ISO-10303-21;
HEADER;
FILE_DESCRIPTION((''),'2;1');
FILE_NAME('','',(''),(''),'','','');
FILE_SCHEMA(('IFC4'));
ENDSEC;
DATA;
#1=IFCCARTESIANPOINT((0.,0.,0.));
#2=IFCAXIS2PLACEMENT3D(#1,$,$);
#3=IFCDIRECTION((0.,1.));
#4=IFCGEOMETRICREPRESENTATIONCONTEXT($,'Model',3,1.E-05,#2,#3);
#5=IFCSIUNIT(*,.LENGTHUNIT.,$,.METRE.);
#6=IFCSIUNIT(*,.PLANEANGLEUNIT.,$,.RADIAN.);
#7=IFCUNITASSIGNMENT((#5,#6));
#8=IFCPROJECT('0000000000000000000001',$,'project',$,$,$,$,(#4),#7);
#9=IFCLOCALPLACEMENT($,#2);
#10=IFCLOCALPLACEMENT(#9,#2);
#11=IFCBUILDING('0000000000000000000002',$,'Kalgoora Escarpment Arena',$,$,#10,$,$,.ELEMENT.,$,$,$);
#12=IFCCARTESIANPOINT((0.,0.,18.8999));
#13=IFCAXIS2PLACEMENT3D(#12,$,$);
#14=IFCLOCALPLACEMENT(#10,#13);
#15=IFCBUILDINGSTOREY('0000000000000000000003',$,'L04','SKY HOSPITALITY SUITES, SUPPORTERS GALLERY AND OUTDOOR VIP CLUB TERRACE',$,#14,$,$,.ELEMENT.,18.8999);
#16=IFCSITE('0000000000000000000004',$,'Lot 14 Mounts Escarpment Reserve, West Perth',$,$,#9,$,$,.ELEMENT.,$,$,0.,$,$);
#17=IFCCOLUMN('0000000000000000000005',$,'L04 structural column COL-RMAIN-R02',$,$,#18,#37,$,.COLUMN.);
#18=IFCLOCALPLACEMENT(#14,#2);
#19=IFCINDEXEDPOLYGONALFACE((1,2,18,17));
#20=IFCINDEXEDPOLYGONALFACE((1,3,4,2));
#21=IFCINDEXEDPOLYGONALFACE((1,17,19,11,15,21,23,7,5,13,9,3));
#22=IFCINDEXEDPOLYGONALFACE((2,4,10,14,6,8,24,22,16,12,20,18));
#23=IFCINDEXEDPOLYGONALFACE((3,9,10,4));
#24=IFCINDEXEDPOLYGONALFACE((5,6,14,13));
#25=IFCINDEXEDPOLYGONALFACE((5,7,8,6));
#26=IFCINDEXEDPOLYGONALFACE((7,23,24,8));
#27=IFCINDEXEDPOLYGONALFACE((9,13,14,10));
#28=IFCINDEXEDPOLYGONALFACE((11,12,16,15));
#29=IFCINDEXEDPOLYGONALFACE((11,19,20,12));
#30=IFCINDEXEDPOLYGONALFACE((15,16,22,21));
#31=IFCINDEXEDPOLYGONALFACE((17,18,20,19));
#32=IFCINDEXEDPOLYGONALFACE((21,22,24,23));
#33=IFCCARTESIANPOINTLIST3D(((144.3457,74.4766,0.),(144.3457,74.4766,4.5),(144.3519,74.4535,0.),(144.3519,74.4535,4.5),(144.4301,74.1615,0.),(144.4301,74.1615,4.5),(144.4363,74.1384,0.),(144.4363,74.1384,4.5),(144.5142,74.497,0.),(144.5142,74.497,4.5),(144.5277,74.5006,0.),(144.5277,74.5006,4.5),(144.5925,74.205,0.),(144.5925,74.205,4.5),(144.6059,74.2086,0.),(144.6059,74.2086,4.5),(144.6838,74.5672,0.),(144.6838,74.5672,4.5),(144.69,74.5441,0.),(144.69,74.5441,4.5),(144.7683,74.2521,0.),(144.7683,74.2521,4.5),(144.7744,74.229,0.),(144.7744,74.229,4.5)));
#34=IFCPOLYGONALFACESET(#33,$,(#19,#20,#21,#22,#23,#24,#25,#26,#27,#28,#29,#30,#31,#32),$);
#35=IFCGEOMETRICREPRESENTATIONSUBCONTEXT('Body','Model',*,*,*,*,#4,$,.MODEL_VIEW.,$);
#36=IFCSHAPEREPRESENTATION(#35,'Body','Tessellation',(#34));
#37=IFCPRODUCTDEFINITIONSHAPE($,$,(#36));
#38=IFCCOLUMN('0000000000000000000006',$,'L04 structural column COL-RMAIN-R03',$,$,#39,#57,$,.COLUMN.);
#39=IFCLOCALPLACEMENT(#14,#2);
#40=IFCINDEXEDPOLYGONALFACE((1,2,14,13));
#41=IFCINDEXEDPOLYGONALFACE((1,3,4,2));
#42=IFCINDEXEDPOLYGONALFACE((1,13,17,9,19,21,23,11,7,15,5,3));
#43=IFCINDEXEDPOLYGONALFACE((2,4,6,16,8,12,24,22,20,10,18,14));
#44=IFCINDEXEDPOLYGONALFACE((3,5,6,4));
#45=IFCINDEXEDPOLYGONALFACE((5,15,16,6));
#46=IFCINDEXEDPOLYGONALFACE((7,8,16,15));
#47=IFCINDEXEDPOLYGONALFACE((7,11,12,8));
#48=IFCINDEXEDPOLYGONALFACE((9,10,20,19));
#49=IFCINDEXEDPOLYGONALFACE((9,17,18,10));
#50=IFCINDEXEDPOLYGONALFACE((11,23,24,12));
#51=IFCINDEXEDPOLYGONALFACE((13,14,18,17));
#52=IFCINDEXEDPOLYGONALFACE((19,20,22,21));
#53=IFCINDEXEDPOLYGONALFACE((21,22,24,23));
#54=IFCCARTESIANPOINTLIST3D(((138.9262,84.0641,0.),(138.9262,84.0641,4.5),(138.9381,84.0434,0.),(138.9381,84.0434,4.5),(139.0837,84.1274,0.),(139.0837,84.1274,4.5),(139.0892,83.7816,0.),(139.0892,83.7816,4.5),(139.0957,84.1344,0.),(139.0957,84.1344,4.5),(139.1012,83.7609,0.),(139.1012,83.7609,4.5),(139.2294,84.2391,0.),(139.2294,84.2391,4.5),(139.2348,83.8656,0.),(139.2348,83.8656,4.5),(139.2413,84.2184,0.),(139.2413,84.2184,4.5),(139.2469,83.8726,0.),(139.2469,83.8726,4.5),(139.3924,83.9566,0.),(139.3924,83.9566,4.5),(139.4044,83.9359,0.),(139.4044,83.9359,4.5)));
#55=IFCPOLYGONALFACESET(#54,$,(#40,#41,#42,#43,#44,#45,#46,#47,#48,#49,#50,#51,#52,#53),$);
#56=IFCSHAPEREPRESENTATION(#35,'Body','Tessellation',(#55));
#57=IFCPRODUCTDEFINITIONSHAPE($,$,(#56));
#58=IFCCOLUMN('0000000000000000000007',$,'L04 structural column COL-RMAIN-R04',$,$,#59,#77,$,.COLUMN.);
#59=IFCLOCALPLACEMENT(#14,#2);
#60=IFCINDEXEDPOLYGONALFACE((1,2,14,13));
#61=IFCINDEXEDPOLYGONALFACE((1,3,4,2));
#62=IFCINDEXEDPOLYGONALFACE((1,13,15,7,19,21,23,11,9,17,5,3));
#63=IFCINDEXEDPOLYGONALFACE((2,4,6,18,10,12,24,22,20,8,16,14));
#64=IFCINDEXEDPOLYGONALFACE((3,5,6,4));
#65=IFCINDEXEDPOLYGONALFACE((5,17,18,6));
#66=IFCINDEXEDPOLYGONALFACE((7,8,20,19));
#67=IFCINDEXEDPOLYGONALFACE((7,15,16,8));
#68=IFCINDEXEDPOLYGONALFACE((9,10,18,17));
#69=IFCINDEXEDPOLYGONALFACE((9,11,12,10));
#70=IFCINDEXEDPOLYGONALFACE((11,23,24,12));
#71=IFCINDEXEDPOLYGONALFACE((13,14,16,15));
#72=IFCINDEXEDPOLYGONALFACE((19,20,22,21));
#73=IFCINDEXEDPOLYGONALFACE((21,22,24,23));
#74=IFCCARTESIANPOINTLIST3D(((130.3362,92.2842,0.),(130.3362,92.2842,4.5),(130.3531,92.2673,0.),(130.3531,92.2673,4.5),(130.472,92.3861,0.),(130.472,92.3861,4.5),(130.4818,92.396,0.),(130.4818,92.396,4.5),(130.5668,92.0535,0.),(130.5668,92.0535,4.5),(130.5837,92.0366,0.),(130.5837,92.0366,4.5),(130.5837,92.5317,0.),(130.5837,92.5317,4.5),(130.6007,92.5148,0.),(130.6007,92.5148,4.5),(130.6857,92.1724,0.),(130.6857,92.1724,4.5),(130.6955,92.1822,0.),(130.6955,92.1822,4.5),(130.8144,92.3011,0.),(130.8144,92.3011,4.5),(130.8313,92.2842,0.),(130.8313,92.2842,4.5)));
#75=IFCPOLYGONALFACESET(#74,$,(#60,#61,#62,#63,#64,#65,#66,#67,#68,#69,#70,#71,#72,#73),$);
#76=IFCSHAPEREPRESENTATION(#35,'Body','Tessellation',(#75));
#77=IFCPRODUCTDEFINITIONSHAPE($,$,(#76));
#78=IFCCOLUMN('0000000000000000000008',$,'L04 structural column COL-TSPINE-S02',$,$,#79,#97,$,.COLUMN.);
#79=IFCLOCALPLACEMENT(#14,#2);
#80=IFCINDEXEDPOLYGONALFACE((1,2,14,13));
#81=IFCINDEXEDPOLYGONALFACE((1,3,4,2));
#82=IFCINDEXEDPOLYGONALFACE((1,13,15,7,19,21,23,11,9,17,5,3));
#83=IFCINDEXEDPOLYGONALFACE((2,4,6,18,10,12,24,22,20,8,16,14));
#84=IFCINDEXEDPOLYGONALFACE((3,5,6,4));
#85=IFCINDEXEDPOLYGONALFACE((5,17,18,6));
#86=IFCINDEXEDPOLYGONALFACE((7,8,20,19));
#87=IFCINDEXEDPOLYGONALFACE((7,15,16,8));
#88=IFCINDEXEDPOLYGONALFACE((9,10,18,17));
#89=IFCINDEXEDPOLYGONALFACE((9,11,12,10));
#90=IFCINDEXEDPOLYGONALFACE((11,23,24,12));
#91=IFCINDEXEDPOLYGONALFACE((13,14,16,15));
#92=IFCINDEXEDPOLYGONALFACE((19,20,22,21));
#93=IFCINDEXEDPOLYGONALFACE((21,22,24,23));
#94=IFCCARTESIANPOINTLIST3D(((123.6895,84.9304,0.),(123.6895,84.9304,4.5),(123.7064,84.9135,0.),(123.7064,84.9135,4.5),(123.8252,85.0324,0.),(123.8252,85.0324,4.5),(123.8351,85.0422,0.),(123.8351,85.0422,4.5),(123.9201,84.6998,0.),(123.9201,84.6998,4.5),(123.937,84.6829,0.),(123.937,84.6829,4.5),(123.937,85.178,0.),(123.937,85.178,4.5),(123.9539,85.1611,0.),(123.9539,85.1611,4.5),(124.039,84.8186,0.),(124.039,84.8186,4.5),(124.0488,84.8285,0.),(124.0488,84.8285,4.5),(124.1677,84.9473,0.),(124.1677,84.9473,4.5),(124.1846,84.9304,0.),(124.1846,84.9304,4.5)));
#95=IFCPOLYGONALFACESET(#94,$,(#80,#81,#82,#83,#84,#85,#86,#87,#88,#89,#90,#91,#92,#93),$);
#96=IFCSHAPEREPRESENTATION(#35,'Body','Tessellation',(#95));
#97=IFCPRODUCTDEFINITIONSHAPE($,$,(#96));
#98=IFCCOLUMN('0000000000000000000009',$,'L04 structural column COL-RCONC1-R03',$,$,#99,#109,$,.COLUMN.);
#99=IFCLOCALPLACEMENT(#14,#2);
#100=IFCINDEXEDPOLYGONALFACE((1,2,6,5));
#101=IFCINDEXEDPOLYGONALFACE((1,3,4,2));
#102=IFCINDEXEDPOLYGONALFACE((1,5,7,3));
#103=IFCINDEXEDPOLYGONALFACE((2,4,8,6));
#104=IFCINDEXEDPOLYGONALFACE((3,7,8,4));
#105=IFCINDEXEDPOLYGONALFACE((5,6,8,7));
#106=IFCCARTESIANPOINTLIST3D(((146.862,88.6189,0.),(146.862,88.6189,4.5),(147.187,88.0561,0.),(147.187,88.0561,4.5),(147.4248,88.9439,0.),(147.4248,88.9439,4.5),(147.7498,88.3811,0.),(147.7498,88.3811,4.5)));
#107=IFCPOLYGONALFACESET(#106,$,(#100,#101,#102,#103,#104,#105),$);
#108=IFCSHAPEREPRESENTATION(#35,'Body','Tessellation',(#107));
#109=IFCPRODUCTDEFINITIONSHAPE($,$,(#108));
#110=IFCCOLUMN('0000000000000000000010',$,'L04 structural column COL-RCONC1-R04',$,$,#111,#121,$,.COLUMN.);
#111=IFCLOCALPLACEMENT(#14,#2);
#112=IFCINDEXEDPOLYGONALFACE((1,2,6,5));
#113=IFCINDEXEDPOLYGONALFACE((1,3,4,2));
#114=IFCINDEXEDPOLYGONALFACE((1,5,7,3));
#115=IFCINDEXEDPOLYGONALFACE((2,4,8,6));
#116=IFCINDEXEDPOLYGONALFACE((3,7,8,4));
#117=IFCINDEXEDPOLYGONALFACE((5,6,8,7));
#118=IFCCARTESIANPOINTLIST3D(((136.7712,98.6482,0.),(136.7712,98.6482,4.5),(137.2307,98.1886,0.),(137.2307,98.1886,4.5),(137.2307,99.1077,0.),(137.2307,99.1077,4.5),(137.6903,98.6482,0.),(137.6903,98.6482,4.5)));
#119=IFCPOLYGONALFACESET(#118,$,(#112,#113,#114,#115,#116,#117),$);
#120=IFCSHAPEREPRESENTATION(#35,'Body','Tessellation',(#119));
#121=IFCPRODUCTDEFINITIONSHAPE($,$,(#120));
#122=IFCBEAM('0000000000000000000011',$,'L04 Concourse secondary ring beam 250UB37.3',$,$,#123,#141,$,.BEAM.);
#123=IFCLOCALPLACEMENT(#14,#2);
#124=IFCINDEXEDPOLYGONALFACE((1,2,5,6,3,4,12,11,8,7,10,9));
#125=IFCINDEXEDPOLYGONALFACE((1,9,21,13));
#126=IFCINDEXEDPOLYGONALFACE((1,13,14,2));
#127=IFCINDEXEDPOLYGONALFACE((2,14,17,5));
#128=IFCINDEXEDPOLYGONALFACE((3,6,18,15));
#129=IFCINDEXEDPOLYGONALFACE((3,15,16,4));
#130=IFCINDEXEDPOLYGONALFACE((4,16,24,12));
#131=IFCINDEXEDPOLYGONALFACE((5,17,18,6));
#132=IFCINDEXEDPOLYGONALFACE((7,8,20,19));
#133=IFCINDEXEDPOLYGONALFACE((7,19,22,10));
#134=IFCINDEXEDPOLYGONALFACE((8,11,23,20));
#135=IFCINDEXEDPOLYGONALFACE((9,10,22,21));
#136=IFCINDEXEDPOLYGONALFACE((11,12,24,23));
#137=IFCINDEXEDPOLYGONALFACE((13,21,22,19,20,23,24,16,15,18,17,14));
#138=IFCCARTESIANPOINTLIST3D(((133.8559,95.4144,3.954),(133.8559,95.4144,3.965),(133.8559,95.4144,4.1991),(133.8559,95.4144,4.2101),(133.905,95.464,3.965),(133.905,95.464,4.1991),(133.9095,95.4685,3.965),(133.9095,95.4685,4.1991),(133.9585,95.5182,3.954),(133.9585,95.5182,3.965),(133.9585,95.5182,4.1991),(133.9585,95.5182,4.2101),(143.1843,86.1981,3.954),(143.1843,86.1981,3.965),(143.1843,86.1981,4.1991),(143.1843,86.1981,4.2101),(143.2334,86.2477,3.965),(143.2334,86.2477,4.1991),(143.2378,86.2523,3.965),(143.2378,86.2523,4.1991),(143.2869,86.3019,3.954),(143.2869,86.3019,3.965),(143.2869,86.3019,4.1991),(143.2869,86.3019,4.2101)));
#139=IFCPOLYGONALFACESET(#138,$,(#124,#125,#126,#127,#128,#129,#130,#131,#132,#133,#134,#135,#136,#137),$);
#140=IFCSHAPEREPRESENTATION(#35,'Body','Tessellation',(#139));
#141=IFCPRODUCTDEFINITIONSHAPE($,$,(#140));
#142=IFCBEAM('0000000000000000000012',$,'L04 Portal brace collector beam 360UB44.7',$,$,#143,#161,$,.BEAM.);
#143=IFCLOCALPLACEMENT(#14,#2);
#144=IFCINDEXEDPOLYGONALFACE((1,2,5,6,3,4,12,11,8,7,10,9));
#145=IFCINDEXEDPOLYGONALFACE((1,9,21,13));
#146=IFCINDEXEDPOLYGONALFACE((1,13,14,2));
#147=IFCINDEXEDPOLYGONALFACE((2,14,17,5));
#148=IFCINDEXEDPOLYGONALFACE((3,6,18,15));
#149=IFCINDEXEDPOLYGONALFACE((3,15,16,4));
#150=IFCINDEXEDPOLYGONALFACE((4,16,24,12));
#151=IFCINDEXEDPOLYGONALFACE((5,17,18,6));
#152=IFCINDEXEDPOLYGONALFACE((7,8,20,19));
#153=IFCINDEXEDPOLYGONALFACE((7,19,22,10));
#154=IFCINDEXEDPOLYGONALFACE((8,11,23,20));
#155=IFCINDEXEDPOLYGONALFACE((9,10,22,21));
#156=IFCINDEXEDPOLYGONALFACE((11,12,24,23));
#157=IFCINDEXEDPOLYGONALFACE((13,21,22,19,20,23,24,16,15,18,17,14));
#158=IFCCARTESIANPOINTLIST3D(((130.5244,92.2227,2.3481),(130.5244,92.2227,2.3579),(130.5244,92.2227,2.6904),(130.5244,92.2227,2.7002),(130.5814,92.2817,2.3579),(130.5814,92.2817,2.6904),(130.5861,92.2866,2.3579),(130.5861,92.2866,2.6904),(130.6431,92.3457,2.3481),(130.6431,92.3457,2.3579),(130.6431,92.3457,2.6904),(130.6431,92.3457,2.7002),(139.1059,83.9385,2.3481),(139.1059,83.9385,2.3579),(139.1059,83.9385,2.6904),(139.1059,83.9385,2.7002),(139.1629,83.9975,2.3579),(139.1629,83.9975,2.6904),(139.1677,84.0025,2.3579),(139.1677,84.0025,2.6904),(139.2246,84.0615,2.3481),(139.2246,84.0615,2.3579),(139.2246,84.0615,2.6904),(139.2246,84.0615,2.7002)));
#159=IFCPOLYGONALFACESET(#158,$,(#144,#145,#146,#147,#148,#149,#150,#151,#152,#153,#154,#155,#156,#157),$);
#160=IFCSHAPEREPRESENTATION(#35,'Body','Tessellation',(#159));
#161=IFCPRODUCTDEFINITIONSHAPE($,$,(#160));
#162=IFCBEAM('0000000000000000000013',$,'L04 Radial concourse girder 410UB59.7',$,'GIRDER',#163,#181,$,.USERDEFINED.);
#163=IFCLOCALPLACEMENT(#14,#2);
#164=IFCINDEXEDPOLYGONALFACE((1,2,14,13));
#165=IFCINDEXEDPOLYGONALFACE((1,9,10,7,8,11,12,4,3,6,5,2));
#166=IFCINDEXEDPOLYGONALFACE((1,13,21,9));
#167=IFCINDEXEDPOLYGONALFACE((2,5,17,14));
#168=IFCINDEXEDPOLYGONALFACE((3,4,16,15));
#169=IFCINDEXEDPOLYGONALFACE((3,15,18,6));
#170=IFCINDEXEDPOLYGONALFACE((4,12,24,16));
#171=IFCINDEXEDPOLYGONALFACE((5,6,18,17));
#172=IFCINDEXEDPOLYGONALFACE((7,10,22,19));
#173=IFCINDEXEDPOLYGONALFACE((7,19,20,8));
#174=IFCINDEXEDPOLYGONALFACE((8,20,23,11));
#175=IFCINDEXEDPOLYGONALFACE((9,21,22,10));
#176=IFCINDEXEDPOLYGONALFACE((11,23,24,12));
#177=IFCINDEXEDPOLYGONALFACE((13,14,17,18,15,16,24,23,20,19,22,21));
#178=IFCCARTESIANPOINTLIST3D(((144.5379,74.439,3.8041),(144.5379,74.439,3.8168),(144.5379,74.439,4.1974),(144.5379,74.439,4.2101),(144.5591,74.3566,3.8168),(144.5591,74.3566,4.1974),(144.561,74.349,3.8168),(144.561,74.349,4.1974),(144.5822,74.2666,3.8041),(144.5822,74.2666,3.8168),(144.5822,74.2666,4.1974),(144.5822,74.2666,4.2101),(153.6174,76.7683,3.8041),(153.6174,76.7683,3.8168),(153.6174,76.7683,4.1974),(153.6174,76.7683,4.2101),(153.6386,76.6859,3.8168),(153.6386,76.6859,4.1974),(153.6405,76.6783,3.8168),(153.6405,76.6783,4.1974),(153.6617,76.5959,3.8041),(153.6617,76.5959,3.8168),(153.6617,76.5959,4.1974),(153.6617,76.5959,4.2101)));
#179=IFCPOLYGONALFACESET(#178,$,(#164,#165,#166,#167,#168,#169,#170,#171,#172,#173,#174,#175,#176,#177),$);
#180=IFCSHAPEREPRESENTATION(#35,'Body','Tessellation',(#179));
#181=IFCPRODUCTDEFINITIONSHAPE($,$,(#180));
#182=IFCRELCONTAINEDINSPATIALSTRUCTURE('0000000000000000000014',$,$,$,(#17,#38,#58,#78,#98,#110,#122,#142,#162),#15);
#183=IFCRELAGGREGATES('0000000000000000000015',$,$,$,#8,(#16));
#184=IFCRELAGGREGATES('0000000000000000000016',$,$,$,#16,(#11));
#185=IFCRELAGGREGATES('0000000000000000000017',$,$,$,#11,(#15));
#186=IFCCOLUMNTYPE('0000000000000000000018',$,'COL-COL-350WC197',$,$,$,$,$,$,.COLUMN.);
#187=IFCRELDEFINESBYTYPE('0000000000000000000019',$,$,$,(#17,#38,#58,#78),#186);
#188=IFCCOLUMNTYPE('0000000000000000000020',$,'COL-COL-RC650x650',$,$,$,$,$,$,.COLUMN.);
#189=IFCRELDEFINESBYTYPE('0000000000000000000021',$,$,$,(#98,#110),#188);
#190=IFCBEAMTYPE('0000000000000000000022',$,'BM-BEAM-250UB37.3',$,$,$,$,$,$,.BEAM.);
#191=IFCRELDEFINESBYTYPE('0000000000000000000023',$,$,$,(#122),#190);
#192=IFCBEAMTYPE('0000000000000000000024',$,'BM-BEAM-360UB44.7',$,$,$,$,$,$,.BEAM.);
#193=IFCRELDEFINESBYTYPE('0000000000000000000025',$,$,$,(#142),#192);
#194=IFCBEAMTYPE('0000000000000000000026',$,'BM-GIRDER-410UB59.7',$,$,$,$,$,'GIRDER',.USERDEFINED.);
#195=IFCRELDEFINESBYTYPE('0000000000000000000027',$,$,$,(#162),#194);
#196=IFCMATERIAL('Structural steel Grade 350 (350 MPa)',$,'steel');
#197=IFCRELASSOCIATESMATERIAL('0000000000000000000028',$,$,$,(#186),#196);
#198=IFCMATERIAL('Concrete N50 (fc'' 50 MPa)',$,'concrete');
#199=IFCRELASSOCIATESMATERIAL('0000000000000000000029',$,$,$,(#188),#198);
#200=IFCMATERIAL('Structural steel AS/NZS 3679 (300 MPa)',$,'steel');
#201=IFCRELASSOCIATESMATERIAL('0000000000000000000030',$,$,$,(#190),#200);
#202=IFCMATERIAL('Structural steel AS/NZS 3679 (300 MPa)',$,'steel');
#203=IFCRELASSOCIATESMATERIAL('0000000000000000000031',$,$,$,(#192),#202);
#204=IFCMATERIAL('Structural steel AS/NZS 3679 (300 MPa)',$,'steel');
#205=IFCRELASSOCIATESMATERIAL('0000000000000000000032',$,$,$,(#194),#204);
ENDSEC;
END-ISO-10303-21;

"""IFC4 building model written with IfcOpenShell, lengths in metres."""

from ifc_helpers import new_model, si_unit, direction, frame, origin, origin_2d, place, context, subcontext, project, spatial, rectangle, i_section, extrude, material, material_profile, profile_set, type_object, element, save


model = new_model("IFC4")

# Units and contexts
model_context = context("Model", 3, precision=1e-05, world=origin(), true_north=direction((0.0, 1.0)))
body_context = subcontext(model_context, "Body", "Model", "MODEL_VIEW")
ifc_project = project(units=[si_unit("LENGTHUNIT", "METRE"), si_unit("PLANEANGLEUNIT", "RADIAN")], contexts=[model_context])

# Site, building, storey
site_placement = place(None, origin())
site = spatial("IfcSite", under=ifc_project, at=site_placement, Name="Lot 14 Mounts Escarpment Reserve, West Perth", CompositionType="ELEMENT", RefElevation=0.0)
building_placement = place(site_placement, origin())
building = spatial("IfcBuilding", under=site, at=building_placement, Name="Kalgoora Escarpment Arena", CompositionType="ELEMENT")
storey_placement = place(building_placement, frame((0.0, 0.0, 18.8999)))
storey = spatial("IfcBuildingStorey", under=building, at=storey_placement, Name="L04", Description="SKY HOSPITALITY SUITES, SUPPORTERS GALLERY AND OUTDOOR VIP CLUB TERRACE", CompositionType="ELEMENT", Elevation=18.8999)

# Columns
ifc_material_1 = material(Name="Structural steel Grade 350 (350 MPa)", Category="steel")
ifc_material_profile_1 = material_profile(ifc_material_1, i_section(OverallWidth=0.3501, OverallDepth=0.3501, WebThickness=0.0139, FlangeThickness=0.0239, at=origin_2d()))
ifc_profile_set_1 = profile_set([ifc_material_profile_1], Name="Structural steel Grade 350 (350 MPa)")
column_type_1 = type_object("IfcColumnType", Name="COL-COL-350WC197", PredefinedType="COLUMN", material=ifc_profile_set_1)
for number, where, z_axis, x_axis, name in (
    (1, (144.5601, 74.3528, 0.0), (0.0, 0.0, 1.0), (0.965926, 0.258819, 0.0), "L04 structural column COL-RMAIN-R02"),
    (2, (139.1653, 84.0, 0.0), (0.0, 0.0, 1.0), (0.866025, 0.5, 0.0), "L04 structural column COL-RMAIN-R03"),
    (3, (130.5837, 92.2842, 0.0), (0.0, 0.0, 1.0), (0.707107, 0.707107, 0.0), "L04 structural column COL-RMAIN-R04"),
    (4, (123.937, 84.9304, 0.0), (0.0, 0.0, 1.0), (0.707107, 0.707107, 0.0), "L04 structural column COL-TSPINE-S02"),
):
    element("IfcColumn", number, at=place(storey_placement, frame(where, z_axis=z_axis, x_axis=x_axis)), inside=storey, type_object=column_type_1, Name=name, PredefinedType="COLUMN", context=body_context, shape_type="SweptSolid", body=[
        extrude(i_section(OverallWidth=0.3501, OverallDepth=0.3501, WebThickness=0.0139, FlangeThickness=0.0239, at=origin_2d()), origin(), (0.0, 0.0, 1.0), 4.5),
    ])
ifc_material_2 = material(Name="Concrete N50 (fc' 50 MPa)", Category="concrete")
ifc_material_profile_2 = material_profile(ifc_material_2, rectangle(XDim=0.6499, YDim=0.6499, at=origin_2d()))
ifc_profile_set_2 = profile_set([ifc_material_profile_2], Name="Concrete N50 (fc' 50 MPa)")
column_type_2 = type_object("IfcColumnType", Name="COL-COL-RC650x650", PredefinedType="COLUMN", material=ifc_profile_set_2)
for number, where, z_axis, x_axis, name in (
    (5, (147.3059, 88.5, 0.0), (0.0, 0.0, 1.0), (0.866025, 0.5, 0.0), "L04 structural column COL-RCONC1-R03"),
    (6, (137.2307, 98.6482, 0.0), (0.0, 0.0, 1.0), (0.707107, 0.707107, 0.0), "L04 structural column COL-RCONC1-R04"),
):
    element("IfcColumn", number, at=place(storey_placement, frame(where, z_axis=z_axis, x_axis=x_axis)), inside=storey, type_object=column_type_2, Name=name, PredefinedType="COLUMN", context=body_context, shape_type="SweptSolid", body=[
        extrude(rectangle(XDim=0.6499, YDim=0.6499, at=origin_2d()), origin(), (0.0, 0.0, 1.0), 4.5),
    ])

# Beams
ifc_material_3 = material(Name="Structural steel AS/NZS 3679 (300 MPa)", Category="steel")
ifc_material_profile_3 = material_profile(ifc_material_3, i_section(OverallWidth=0.146, OverallDepth=0.2561, WebThickness=0.0063, FlangeThickness=0.011, at=origin_2d()))
ifc_profile_set_3 = profile_set([ifc_material_profile_3], Name="Structural steel AS/NZS 3679 (300 MPa)")
beam_type_1 = type_object("IfcBeamType", Name="BM-BEAM-250UB37.3", PredefinedType="BEAM", material=ifc_profile_set_3)
beam_1_placement = place(storey_placement, frame((143.2356, 86.25, 4.082), z_axis=(-0.711367, 0.702821, 0.0), x_axis=(-0.702821, -0.711367, 0.0)))
element("IfcBeam", 7, at=beam_1_placement, inside=storey, type_object=beam_type_1, Name="L04 Concourse secondary ring beam 250UB37.3", PredefinedType="BEAM", context=body_context, shape_type="SweptSolid", body=[
    extrude(i_section(OverallWidth=0.146, OverallDepth=0.2561, WebThickness=0.0063, FlangeThickness=0.011, at=origin_2d()), origin(), (0.0, 0.0, 1.0), 13.1133),
])
ifc_material_4 = material(Name="Structural steel AS/NZS 3679 (300 MPa)", Category="steel")
ifc_material_profile_4 = material_profile(ifc_material_4, i_section(OverallWidth=0.1709, OverallDepth=0.3521, WebThickness=0.0068, FlangeThickness=0.0098, at=origin_2d()))
ifc_profile_set_4 = profile_set([ifc_material_profile_4], Name="Structural steel AS/NZS 3679 (300 MPa)")
beam_type_2 = type_object("IfcBeamType", Name="BM-BEAM-360UB44.7", PredefinedType="BEAM", material=ifc_profile_set_4)
beam_2_placement = place(storey_placement, frame((139.1653, 84.0, 2.5242), z_axis=(-0.719462, 0.694532, 0.0), x_axis=(-0.694532, -0.719462, 0.0)))
element("IfcBeam", 8, at=beam_2_placement, inside=storey, type_object=beam_type_2, Name="L04 Portal brace collector beam 360UB44.7", PredefinedType="BEAM", context=body_context, shape_type="SweptSolid", body=[
    extrude(i_section(OverallWidth=0.1709, OverallDepth=0.3521, WebThickness=0.0068, FlangeThickness=0.0098, at=origin_2d()), origin(), (0.0, 0.0, 1.0), 11.9277),
])
ifc_material_5 = material(Name="Structural steel AS/NZS 3679 (300 MPa)", Category="steel")
ifc_material_profile_5 = material_profile(ifc_material_5, i_section(OverallWidth=0.178, OverallDepth=0.406, WebThickness=0.0078, FlangeThickness=0.0127, at=origin_2d()))
ifc_profile_set_5 = profile_set([ifc_material_profile_5], Name="Structural steel AS/NZS 3679 (300 MPa)")
beam_type_3 = type_object("IfcBeamType", Name="BM-GIRDER-410UB59.7", ElementType="GIRDER", PredefinedType="USERDEFINED", material=ifc_profile_set_5)
beam_3_placement = place(storey_placement, frame((144.5601, 74.3528, 4.0071), z_axis=(0.968632, 0.2485, 0.0), x_axis=(-0.2485, 0.968632, 0.0)))
element("IfcBeam", 9, at=beam_3_placement, inside=storey, type_object=beam_type_3, Name="L04 Radial concourse girder 410UB59.7", ObjectType="GIRDER", PredefinedType="USERDEFINED", context=body_context, shape_type="SweptSolid", body=[
    extrude(i_section(OverallWidth=0.178, OverallDepth=0.406, WebThickness=0.0078, FlangeThickness=0.0127, at=origin_2d()), origin(), (0.0, 0.0, 1.0), 9.3735),
])

save(model, "model.ifc")
